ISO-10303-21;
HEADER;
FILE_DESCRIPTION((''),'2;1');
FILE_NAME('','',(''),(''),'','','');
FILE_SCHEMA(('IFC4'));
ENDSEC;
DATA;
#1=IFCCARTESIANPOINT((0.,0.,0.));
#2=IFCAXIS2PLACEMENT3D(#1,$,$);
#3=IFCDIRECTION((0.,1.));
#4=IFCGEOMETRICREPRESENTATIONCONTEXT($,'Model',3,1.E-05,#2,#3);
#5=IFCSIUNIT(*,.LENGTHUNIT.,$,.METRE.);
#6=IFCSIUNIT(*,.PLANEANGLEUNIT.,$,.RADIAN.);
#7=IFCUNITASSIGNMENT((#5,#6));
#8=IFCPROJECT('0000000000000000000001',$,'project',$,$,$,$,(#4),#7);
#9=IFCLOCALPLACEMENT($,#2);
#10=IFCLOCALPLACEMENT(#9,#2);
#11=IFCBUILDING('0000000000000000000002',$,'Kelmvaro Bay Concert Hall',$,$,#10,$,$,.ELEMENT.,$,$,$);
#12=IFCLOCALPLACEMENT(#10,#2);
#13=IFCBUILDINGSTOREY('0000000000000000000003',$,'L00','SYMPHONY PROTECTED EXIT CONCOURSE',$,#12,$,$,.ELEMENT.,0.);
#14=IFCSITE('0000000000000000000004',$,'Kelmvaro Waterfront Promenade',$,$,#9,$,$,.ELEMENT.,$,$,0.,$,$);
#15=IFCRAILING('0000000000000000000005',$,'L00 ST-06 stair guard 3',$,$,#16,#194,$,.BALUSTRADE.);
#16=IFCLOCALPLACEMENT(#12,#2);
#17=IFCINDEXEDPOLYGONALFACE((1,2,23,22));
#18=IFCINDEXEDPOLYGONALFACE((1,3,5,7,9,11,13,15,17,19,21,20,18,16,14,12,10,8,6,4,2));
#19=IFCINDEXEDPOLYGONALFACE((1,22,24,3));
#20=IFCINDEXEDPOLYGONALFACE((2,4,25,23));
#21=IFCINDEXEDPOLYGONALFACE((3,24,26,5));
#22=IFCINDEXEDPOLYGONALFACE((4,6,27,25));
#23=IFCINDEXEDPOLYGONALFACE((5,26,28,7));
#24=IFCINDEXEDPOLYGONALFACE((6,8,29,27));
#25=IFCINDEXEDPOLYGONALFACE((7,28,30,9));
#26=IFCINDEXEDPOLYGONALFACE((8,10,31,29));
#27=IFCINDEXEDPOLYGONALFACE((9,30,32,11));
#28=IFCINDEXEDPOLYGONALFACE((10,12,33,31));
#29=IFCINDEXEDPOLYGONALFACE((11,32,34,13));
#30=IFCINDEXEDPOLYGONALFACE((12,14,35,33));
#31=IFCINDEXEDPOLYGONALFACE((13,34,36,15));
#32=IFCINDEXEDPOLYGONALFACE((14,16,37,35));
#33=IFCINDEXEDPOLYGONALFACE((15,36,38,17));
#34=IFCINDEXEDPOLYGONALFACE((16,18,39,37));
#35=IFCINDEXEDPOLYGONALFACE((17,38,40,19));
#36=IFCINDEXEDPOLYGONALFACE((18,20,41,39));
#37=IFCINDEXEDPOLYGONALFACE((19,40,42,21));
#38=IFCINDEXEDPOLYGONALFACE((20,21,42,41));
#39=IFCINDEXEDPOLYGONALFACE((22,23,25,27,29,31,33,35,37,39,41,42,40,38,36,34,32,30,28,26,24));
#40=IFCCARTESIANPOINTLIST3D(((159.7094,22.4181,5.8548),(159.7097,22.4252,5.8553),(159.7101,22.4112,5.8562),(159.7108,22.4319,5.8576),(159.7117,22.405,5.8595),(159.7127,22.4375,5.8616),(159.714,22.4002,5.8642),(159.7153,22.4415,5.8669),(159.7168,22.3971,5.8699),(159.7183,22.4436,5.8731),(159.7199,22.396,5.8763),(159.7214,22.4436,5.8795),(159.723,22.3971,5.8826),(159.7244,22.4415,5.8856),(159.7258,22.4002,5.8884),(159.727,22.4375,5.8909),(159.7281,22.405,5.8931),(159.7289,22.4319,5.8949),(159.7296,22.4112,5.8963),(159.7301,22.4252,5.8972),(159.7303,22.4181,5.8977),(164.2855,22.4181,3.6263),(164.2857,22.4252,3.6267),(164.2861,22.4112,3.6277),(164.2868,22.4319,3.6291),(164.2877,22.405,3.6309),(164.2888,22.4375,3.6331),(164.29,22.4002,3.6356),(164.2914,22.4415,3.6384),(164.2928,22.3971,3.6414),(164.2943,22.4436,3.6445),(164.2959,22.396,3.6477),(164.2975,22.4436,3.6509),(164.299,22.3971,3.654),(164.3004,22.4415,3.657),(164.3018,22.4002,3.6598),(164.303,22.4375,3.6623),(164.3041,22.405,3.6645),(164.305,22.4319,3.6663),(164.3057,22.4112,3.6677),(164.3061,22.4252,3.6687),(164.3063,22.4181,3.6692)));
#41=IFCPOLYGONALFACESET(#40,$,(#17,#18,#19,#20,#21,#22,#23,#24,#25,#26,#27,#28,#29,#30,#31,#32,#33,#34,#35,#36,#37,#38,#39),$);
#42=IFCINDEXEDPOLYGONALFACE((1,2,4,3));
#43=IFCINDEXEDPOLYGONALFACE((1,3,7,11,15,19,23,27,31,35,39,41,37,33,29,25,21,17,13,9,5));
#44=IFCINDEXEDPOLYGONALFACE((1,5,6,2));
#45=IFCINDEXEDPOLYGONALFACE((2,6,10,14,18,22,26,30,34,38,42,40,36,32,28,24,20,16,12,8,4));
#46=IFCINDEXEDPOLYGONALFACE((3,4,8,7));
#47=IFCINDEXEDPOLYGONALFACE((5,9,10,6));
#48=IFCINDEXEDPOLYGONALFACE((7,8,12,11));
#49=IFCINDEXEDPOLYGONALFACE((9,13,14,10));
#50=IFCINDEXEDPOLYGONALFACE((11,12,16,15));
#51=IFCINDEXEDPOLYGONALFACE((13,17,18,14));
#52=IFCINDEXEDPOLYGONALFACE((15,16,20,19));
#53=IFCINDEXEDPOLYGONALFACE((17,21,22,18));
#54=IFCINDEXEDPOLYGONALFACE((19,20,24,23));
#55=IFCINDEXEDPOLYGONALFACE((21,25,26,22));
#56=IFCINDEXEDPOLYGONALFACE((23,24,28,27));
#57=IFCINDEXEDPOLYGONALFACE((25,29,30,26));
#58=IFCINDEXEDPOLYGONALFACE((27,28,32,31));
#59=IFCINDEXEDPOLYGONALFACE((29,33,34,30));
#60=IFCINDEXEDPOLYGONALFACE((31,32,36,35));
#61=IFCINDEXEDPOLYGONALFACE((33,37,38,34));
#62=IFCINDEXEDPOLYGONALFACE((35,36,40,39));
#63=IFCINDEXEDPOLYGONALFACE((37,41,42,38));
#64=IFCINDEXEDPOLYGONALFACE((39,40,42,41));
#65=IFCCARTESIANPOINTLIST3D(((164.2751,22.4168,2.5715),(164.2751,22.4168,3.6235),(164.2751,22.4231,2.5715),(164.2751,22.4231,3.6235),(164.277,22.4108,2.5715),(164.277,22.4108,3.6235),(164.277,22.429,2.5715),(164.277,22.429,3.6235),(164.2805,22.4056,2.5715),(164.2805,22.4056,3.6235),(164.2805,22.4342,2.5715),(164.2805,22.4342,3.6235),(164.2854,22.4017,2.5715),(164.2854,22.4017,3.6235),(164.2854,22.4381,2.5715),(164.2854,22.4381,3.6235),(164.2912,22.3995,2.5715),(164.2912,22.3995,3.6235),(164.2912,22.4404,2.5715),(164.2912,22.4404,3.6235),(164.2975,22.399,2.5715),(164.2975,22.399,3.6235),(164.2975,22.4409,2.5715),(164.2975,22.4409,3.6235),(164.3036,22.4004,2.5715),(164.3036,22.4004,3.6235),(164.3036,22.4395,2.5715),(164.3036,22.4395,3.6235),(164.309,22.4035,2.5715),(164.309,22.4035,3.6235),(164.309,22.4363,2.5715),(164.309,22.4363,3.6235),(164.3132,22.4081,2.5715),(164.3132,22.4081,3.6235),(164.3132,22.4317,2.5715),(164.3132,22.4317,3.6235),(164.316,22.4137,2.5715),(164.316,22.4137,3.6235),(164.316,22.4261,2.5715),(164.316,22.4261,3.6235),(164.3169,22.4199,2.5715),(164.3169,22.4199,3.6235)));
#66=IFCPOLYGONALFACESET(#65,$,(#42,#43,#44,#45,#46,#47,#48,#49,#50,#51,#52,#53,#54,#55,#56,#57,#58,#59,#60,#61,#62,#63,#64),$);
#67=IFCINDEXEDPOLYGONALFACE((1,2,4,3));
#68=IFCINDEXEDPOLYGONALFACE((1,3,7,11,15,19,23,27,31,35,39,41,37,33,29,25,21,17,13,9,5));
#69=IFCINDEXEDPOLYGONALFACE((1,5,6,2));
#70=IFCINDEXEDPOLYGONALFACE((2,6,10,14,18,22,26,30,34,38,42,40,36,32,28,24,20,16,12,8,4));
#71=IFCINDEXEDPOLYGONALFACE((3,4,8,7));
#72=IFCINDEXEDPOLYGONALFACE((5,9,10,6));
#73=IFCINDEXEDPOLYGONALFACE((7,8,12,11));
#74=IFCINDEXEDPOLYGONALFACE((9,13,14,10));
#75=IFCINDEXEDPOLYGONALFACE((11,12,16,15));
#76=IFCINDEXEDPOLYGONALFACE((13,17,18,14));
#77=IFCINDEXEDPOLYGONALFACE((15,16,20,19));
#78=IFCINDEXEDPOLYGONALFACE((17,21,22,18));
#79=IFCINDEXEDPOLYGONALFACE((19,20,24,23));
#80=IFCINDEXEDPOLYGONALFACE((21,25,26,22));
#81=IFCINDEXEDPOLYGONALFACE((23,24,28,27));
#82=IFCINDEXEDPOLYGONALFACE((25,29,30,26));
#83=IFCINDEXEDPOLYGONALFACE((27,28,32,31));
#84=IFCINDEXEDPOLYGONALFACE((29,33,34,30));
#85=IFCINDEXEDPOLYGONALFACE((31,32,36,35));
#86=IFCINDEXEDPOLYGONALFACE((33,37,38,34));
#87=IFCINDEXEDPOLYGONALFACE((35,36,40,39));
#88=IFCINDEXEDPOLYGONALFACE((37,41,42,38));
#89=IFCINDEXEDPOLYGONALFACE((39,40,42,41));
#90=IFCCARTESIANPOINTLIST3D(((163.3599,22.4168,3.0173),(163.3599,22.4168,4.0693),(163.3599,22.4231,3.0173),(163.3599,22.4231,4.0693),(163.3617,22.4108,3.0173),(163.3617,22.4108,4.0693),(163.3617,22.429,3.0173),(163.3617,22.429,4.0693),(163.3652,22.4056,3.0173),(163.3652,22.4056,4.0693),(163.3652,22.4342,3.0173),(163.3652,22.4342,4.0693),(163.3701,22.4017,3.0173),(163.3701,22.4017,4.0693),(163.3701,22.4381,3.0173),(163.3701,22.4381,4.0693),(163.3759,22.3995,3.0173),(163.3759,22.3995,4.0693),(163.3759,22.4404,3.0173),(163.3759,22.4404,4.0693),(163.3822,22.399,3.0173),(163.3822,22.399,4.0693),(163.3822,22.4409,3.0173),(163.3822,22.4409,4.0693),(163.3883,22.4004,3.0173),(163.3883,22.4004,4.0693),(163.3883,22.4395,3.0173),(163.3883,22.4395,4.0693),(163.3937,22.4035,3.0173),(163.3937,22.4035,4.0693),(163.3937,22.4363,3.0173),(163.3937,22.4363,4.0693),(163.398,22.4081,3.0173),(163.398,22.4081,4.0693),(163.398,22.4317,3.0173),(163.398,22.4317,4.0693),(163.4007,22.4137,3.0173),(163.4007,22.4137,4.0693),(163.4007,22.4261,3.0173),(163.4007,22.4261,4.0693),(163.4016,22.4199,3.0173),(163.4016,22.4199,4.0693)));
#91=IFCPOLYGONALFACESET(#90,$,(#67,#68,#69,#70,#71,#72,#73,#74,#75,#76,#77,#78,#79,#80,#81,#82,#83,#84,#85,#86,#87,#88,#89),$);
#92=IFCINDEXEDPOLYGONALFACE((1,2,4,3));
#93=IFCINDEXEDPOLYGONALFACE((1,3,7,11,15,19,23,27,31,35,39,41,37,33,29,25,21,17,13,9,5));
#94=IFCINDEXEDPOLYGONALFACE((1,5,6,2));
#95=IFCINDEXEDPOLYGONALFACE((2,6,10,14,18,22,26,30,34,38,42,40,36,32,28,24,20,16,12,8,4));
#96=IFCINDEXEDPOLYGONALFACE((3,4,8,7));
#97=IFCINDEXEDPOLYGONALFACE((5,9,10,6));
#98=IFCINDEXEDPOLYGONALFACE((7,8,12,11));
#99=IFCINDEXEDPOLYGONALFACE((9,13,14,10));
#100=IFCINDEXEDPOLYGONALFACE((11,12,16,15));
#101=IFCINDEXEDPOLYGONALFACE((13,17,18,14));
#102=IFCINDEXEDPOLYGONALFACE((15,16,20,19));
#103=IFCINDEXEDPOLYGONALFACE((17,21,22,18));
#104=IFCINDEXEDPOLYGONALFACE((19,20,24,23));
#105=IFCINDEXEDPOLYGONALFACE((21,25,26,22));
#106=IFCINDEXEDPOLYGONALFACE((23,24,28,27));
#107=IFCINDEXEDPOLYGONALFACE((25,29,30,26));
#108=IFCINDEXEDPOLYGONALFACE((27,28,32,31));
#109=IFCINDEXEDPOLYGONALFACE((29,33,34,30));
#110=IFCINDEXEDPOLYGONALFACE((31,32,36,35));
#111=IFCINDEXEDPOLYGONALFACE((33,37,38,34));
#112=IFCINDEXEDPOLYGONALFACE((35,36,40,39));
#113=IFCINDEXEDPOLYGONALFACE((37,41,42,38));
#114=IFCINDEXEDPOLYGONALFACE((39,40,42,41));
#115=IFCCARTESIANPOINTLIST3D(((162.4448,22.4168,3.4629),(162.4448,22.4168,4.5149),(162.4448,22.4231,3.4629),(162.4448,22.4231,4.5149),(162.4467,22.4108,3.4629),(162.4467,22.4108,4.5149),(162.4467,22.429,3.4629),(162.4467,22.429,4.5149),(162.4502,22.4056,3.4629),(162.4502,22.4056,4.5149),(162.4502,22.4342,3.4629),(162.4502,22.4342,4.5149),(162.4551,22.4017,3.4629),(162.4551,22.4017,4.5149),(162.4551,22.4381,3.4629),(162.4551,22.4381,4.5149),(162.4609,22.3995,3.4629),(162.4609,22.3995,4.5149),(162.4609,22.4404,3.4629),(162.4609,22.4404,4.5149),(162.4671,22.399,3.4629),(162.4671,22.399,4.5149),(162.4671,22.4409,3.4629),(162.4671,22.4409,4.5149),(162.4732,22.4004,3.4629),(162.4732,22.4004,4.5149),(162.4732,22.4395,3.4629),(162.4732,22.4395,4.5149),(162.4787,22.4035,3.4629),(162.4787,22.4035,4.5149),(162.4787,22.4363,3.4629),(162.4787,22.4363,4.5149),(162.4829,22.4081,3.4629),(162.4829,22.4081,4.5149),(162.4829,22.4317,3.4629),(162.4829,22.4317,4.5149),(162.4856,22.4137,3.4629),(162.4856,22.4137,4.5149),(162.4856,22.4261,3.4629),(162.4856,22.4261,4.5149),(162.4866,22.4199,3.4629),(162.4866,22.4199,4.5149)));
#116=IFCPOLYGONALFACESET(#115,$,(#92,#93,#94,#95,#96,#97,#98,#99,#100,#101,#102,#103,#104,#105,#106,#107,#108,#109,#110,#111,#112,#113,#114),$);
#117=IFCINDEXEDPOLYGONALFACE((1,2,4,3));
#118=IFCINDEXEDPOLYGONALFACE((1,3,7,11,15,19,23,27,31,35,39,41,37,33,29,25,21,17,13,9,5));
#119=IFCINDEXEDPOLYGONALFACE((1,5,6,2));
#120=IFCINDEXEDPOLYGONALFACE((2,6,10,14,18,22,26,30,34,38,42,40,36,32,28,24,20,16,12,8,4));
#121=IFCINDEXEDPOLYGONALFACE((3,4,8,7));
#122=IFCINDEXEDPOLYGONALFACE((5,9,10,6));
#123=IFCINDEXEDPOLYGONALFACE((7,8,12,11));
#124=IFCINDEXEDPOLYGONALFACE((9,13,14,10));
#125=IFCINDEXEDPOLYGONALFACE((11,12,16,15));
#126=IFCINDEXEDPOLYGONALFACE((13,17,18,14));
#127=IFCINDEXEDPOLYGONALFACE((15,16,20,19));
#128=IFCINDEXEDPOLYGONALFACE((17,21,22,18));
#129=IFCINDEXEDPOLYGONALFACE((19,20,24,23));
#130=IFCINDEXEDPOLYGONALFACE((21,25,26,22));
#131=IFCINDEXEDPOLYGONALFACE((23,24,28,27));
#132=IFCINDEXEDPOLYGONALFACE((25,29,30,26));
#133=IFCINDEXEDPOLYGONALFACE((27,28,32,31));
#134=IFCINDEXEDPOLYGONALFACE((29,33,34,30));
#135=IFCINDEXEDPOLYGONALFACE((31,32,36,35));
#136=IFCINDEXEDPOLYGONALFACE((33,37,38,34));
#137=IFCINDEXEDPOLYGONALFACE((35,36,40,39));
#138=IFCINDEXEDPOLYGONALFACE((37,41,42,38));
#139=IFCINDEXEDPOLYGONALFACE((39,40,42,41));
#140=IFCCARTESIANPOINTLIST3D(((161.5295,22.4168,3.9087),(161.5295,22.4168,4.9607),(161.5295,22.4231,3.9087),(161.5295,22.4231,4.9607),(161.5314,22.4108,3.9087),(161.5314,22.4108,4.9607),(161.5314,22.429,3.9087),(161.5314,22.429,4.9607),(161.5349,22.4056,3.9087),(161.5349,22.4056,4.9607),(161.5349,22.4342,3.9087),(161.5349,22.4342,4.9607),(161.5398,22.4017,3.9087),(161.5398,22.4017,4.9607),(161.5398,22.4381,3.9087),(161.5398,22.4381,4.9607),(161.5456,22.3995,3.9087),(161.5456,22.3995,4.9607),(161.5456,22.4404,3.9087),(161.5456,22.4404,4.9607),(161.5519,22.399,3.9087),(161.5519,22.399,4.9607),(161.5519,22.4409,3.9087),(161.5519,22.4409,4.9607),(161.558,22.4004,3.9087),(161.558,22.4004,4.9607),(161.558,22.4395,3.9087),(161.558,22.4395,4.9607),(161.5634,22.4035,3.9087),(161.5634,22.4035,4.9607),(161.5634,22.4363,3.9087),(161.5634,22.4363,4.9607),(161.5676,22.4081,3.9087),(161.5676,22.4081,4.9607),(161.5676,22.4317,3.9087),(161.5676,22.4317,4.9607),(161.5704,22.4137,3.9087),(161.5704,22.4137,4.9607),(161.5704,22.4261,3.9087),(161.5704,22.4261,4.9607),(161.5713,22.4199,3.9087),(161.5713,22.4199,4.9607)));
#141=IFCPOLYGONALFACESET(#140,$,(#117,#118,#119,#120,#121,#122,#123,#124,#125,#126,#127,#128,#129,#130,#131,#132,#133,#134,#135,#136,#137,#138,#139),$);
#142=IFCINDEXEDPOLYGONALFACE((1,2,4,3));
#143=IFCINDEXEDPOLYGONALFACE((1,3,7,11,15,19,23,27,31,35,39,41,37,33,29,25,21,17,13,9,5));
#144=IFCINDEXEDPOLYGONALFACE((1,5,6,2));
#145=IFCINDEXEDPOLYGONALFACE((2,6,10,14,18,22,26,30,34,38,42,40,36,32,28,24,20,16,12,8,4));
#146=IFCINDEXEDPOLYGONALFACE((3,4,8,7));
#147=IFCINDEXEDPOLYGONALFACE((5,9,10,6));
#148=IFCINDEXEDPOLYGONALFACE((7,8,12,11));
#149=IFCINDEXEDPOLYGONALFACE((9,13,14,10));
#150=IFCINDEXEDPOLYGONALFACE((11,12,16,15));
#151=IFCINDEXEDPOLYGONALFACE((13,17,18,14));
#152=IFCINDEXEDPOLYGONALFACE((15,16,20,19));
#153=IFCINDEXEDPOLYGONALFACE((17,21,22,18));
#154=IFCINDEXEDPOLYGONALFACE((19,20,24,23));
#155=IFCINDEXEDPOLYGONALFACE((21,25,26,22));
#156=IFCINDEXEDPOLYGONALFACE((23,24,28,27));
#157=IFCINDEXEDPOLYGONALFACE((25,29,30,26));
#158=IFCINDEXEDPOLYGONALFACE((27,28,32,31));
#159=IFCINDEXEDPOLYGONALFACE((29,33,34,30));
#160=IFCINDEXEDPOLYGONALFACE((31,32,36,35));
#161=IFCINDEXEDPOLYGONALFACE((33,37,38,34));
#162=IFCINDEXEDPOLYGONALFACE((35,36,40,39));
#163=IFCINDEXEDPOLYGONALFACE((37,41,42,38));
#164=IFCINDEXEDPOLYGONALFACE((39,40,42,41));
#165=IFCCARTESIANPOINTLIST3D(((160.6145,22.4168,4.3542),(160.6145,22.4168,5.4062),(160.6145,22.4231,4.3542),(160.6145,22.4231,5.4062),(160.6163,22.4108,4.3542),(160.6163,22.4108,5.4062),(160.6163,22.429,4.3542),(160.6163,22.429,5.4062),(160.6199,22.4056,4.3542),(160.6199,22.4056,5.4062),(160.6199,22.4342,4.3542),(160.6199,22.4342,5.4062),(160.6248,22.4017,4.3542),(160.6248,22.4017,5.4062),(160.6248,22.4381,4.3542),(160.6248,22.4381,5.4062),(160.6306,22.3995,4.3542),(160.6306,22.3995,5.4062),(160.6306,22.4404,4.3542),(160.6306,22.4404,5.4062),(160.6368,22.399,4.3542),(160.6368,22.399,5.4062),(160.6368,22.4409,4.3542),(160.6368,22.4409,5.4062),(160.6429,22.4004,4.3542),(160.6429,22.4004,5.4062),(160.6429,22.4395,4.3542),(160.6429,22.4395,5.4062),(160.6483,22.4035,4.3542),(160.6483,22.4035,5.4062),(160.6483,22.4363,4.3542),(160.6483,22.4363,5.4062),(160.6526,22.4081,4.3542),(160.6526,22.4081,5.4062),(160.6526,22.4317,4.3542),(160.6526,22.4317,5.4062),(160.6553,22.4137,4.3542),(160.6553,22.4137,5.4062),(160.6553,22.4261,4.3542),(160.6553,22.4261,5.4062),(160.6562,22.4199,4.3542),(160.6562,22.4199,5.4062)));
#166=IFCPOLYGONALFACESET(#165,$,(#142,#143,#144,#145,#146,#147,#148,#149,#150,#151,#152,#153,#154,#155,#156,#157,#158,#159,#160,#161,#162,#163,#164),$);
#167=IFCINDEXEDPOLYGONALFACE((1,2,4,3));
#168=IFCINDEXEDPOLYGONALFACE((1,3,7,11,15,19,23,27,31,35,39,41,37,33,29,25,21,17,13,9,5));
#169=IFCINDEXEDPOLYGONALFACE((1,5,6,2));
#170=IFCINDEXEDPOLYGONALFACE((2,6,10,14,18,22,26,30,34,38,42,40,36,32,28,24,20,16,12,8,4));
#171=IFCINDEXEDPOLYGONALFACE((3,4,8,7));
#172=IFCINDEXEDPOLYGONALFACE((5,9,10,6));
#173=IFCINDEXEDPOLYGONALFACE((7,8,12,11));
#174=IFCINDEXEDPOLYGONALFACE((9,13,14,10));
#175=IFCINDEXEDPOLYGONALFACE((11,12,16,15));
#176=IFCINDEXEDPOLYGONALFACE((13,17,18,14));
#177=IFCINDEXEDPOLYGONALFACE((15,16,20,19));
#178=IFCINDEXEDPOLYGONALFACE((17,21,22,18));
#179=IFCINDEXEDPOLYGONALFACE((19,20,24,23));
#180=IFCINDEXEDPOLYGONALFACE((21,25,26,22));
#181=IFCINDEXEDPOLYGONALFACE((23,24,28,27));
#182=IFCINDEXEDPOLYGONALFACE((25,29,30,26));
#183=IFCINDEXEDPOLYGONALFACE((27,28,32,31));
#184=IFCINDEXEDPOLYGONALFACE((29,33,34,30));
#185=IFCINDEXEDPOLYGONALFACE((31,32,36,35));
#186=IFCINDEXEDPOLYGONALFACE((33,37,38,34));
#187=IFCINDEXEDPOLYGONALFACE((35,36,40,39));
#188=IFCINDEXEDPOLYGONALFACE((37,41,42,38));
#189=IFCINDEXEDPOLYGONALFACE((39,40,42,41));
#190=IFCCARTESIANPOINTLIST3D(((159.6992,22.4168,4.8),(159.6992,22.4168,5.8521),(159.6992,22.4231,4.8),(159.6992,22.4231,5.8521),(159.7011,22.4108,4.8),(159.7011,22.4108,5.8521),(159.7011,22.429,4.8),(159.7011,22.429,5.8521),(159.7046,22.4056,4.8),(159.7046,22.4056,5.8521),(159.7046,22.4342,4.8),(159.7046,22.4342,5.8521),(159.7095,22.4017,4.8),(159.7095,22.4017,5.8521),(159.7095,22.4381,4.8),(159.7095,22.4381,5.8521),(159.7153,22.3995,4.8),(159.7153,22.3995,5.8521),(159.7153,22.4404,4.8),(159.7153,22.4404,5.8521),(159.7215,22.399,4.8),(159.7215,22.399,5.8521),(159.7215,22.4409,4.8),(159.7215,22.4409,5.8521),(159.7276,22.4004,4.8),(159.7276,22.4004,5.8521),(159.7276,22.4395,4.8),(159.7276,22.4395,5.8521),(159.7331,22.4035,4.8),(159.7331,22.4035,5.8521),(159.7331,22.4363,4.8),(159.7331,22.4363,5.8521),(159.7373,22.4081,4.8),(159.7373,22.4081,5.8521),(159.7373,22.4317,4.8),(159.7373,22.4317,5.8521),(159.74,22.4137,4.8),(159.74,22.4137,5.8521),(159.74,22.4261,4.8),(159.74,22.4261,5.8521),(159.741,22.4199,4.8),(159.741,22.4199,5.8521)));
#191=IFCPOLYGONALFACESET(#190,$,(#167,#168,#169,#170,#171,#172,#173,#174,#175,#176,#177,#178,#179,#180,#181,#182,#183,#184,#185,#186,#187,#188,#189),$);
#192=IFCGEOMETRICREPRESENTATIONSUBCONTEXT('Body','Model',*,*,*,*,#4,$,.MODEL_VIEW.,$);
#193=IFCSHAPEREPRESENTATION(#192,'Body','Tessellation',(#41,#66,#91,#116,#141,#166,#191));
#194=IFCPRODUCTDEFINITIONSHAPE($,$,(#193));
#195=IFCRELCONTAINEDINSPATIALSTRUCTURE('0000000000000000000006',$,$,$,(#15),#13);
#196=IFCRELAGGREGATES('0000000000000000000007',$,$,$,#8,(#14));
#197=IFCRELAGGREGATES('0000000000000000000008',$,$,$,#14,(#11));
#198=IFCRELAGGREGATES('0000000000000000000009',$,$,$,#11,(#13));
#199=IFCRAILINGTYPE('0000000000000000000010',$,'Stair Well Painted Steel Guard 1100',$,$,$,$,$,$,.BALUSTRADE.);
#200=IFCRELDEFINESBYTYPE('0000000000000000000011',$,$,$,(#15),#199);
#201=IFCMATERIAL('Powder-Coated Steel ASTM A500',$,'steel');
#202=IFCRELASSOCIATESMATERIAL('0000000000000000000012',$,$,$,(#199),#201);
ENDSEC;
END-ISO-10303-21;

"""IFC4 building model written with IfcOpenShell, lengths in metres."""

from ifc_helpers import new_model, si_unit, direction, frame, origin, origin_2d, place, context, subcontext, project, spatial, circle, extrude, material, type_object, element, save


model = new_model("IFC4")

# Units and contexts
model_context = context("Model", 3, precision=1e-05, world=origin(), true_north=direction((0.0, 1.0)))
body_context = subcontext(model_context, "Body", "Model", "MODEL_VIEW")
ifc_project = project(units=[si_unit("LENGTHUNIT", "METRE"), si_unit("PLANEANGLEUNIT", "RADIAN")], contexts=[model_context])

# Site, building, storey
site_placement = place(None, origin())
site = spatial("IfcSite", under=ifc_project, at=site_placement, Name="Kelmvaro Waterfront Promenade", CompositionType="ELEMENT", RefElevation=0.0)
building_placement = place(site_placement, origin())
building = spatial("IfcBuilding", under=site, at=building_placement, Name="Kelmvaro Bay Concert Hall", CompositionType="ELEMENT")
storey_placement = place(building_placement, origin())
storey = spatial("IfcBuildingStorey", under=building, at=storey_placement, Name="L00", Description="SYMPHONY PROTECTED EXIT CONCOURSE", CompositionType="ELEMENT", Elevation=0.0)

# Railing
ifc_material_1 = material(Name="Powder-Coated Steel ASTM A500", Category="steel")
railing_type_1 = type_object("IfcRailingType", Name="Stair Well Painted Steel Guard 1100", PredefinedType="BALUSTRADE", material=ifc_material_1)
railing_1_placement = place(storey_placement, frame((164.2959, 22.4199, 2.5715)))
element("IfcRailing", 1, at=railing_1_placement, inside=storey, type_object=railing_type_1, Name="L00 ST-06 stair guard 3", PredefinedType="BALUSTRADE", context=body_context, shape_type="SweptSolid", body=[
    extrude(circle(Radius=0.0239, at=origin_2d()), frame((0.0, 0.0, 1.0762), z_axis=(-0.89905, 0.0, 0.437845), x_axis=(0.0, -1.0, 0.0)), (0.0, 0.0, 1.0), 5.0898),
    extrude(circle(Radius=0.021, at=origin_2d()), origin(), (0.0, 0.0, 1.0), 1.052),
    extrude(circle(Radius=0.021, at=origin_2d()), frame((-0.9153, 0.0, 0.4458)), (0.0, 0.0, 1.0), 1.052),
    extrude(circle(Radius=0.021, at=origin_2d()), frame((-1.8303, 0.0, 0.8914)), (0.0, 0.0, 1.0), 1.052),
    extrude(circle(Radius=0.021, at=origin_2d()), frame((-2.7456, 0.0, 1.3372)), (0.0, 0.0, 1.0), 1.052),
    extrude(circle(Radius=0.021, at=origin_2d()), frame((-3.6606, 0.0, 1.7827)), (0.0, 0.0, 1.0), 1.052),
    extrude(circle(Radius=0.021, at=origin_2d()), frame((-4.5759, 0.0, 2.2285)), (0.0, 0.0, 1.0), 1.052),
])

save(model, "model.ifc")
